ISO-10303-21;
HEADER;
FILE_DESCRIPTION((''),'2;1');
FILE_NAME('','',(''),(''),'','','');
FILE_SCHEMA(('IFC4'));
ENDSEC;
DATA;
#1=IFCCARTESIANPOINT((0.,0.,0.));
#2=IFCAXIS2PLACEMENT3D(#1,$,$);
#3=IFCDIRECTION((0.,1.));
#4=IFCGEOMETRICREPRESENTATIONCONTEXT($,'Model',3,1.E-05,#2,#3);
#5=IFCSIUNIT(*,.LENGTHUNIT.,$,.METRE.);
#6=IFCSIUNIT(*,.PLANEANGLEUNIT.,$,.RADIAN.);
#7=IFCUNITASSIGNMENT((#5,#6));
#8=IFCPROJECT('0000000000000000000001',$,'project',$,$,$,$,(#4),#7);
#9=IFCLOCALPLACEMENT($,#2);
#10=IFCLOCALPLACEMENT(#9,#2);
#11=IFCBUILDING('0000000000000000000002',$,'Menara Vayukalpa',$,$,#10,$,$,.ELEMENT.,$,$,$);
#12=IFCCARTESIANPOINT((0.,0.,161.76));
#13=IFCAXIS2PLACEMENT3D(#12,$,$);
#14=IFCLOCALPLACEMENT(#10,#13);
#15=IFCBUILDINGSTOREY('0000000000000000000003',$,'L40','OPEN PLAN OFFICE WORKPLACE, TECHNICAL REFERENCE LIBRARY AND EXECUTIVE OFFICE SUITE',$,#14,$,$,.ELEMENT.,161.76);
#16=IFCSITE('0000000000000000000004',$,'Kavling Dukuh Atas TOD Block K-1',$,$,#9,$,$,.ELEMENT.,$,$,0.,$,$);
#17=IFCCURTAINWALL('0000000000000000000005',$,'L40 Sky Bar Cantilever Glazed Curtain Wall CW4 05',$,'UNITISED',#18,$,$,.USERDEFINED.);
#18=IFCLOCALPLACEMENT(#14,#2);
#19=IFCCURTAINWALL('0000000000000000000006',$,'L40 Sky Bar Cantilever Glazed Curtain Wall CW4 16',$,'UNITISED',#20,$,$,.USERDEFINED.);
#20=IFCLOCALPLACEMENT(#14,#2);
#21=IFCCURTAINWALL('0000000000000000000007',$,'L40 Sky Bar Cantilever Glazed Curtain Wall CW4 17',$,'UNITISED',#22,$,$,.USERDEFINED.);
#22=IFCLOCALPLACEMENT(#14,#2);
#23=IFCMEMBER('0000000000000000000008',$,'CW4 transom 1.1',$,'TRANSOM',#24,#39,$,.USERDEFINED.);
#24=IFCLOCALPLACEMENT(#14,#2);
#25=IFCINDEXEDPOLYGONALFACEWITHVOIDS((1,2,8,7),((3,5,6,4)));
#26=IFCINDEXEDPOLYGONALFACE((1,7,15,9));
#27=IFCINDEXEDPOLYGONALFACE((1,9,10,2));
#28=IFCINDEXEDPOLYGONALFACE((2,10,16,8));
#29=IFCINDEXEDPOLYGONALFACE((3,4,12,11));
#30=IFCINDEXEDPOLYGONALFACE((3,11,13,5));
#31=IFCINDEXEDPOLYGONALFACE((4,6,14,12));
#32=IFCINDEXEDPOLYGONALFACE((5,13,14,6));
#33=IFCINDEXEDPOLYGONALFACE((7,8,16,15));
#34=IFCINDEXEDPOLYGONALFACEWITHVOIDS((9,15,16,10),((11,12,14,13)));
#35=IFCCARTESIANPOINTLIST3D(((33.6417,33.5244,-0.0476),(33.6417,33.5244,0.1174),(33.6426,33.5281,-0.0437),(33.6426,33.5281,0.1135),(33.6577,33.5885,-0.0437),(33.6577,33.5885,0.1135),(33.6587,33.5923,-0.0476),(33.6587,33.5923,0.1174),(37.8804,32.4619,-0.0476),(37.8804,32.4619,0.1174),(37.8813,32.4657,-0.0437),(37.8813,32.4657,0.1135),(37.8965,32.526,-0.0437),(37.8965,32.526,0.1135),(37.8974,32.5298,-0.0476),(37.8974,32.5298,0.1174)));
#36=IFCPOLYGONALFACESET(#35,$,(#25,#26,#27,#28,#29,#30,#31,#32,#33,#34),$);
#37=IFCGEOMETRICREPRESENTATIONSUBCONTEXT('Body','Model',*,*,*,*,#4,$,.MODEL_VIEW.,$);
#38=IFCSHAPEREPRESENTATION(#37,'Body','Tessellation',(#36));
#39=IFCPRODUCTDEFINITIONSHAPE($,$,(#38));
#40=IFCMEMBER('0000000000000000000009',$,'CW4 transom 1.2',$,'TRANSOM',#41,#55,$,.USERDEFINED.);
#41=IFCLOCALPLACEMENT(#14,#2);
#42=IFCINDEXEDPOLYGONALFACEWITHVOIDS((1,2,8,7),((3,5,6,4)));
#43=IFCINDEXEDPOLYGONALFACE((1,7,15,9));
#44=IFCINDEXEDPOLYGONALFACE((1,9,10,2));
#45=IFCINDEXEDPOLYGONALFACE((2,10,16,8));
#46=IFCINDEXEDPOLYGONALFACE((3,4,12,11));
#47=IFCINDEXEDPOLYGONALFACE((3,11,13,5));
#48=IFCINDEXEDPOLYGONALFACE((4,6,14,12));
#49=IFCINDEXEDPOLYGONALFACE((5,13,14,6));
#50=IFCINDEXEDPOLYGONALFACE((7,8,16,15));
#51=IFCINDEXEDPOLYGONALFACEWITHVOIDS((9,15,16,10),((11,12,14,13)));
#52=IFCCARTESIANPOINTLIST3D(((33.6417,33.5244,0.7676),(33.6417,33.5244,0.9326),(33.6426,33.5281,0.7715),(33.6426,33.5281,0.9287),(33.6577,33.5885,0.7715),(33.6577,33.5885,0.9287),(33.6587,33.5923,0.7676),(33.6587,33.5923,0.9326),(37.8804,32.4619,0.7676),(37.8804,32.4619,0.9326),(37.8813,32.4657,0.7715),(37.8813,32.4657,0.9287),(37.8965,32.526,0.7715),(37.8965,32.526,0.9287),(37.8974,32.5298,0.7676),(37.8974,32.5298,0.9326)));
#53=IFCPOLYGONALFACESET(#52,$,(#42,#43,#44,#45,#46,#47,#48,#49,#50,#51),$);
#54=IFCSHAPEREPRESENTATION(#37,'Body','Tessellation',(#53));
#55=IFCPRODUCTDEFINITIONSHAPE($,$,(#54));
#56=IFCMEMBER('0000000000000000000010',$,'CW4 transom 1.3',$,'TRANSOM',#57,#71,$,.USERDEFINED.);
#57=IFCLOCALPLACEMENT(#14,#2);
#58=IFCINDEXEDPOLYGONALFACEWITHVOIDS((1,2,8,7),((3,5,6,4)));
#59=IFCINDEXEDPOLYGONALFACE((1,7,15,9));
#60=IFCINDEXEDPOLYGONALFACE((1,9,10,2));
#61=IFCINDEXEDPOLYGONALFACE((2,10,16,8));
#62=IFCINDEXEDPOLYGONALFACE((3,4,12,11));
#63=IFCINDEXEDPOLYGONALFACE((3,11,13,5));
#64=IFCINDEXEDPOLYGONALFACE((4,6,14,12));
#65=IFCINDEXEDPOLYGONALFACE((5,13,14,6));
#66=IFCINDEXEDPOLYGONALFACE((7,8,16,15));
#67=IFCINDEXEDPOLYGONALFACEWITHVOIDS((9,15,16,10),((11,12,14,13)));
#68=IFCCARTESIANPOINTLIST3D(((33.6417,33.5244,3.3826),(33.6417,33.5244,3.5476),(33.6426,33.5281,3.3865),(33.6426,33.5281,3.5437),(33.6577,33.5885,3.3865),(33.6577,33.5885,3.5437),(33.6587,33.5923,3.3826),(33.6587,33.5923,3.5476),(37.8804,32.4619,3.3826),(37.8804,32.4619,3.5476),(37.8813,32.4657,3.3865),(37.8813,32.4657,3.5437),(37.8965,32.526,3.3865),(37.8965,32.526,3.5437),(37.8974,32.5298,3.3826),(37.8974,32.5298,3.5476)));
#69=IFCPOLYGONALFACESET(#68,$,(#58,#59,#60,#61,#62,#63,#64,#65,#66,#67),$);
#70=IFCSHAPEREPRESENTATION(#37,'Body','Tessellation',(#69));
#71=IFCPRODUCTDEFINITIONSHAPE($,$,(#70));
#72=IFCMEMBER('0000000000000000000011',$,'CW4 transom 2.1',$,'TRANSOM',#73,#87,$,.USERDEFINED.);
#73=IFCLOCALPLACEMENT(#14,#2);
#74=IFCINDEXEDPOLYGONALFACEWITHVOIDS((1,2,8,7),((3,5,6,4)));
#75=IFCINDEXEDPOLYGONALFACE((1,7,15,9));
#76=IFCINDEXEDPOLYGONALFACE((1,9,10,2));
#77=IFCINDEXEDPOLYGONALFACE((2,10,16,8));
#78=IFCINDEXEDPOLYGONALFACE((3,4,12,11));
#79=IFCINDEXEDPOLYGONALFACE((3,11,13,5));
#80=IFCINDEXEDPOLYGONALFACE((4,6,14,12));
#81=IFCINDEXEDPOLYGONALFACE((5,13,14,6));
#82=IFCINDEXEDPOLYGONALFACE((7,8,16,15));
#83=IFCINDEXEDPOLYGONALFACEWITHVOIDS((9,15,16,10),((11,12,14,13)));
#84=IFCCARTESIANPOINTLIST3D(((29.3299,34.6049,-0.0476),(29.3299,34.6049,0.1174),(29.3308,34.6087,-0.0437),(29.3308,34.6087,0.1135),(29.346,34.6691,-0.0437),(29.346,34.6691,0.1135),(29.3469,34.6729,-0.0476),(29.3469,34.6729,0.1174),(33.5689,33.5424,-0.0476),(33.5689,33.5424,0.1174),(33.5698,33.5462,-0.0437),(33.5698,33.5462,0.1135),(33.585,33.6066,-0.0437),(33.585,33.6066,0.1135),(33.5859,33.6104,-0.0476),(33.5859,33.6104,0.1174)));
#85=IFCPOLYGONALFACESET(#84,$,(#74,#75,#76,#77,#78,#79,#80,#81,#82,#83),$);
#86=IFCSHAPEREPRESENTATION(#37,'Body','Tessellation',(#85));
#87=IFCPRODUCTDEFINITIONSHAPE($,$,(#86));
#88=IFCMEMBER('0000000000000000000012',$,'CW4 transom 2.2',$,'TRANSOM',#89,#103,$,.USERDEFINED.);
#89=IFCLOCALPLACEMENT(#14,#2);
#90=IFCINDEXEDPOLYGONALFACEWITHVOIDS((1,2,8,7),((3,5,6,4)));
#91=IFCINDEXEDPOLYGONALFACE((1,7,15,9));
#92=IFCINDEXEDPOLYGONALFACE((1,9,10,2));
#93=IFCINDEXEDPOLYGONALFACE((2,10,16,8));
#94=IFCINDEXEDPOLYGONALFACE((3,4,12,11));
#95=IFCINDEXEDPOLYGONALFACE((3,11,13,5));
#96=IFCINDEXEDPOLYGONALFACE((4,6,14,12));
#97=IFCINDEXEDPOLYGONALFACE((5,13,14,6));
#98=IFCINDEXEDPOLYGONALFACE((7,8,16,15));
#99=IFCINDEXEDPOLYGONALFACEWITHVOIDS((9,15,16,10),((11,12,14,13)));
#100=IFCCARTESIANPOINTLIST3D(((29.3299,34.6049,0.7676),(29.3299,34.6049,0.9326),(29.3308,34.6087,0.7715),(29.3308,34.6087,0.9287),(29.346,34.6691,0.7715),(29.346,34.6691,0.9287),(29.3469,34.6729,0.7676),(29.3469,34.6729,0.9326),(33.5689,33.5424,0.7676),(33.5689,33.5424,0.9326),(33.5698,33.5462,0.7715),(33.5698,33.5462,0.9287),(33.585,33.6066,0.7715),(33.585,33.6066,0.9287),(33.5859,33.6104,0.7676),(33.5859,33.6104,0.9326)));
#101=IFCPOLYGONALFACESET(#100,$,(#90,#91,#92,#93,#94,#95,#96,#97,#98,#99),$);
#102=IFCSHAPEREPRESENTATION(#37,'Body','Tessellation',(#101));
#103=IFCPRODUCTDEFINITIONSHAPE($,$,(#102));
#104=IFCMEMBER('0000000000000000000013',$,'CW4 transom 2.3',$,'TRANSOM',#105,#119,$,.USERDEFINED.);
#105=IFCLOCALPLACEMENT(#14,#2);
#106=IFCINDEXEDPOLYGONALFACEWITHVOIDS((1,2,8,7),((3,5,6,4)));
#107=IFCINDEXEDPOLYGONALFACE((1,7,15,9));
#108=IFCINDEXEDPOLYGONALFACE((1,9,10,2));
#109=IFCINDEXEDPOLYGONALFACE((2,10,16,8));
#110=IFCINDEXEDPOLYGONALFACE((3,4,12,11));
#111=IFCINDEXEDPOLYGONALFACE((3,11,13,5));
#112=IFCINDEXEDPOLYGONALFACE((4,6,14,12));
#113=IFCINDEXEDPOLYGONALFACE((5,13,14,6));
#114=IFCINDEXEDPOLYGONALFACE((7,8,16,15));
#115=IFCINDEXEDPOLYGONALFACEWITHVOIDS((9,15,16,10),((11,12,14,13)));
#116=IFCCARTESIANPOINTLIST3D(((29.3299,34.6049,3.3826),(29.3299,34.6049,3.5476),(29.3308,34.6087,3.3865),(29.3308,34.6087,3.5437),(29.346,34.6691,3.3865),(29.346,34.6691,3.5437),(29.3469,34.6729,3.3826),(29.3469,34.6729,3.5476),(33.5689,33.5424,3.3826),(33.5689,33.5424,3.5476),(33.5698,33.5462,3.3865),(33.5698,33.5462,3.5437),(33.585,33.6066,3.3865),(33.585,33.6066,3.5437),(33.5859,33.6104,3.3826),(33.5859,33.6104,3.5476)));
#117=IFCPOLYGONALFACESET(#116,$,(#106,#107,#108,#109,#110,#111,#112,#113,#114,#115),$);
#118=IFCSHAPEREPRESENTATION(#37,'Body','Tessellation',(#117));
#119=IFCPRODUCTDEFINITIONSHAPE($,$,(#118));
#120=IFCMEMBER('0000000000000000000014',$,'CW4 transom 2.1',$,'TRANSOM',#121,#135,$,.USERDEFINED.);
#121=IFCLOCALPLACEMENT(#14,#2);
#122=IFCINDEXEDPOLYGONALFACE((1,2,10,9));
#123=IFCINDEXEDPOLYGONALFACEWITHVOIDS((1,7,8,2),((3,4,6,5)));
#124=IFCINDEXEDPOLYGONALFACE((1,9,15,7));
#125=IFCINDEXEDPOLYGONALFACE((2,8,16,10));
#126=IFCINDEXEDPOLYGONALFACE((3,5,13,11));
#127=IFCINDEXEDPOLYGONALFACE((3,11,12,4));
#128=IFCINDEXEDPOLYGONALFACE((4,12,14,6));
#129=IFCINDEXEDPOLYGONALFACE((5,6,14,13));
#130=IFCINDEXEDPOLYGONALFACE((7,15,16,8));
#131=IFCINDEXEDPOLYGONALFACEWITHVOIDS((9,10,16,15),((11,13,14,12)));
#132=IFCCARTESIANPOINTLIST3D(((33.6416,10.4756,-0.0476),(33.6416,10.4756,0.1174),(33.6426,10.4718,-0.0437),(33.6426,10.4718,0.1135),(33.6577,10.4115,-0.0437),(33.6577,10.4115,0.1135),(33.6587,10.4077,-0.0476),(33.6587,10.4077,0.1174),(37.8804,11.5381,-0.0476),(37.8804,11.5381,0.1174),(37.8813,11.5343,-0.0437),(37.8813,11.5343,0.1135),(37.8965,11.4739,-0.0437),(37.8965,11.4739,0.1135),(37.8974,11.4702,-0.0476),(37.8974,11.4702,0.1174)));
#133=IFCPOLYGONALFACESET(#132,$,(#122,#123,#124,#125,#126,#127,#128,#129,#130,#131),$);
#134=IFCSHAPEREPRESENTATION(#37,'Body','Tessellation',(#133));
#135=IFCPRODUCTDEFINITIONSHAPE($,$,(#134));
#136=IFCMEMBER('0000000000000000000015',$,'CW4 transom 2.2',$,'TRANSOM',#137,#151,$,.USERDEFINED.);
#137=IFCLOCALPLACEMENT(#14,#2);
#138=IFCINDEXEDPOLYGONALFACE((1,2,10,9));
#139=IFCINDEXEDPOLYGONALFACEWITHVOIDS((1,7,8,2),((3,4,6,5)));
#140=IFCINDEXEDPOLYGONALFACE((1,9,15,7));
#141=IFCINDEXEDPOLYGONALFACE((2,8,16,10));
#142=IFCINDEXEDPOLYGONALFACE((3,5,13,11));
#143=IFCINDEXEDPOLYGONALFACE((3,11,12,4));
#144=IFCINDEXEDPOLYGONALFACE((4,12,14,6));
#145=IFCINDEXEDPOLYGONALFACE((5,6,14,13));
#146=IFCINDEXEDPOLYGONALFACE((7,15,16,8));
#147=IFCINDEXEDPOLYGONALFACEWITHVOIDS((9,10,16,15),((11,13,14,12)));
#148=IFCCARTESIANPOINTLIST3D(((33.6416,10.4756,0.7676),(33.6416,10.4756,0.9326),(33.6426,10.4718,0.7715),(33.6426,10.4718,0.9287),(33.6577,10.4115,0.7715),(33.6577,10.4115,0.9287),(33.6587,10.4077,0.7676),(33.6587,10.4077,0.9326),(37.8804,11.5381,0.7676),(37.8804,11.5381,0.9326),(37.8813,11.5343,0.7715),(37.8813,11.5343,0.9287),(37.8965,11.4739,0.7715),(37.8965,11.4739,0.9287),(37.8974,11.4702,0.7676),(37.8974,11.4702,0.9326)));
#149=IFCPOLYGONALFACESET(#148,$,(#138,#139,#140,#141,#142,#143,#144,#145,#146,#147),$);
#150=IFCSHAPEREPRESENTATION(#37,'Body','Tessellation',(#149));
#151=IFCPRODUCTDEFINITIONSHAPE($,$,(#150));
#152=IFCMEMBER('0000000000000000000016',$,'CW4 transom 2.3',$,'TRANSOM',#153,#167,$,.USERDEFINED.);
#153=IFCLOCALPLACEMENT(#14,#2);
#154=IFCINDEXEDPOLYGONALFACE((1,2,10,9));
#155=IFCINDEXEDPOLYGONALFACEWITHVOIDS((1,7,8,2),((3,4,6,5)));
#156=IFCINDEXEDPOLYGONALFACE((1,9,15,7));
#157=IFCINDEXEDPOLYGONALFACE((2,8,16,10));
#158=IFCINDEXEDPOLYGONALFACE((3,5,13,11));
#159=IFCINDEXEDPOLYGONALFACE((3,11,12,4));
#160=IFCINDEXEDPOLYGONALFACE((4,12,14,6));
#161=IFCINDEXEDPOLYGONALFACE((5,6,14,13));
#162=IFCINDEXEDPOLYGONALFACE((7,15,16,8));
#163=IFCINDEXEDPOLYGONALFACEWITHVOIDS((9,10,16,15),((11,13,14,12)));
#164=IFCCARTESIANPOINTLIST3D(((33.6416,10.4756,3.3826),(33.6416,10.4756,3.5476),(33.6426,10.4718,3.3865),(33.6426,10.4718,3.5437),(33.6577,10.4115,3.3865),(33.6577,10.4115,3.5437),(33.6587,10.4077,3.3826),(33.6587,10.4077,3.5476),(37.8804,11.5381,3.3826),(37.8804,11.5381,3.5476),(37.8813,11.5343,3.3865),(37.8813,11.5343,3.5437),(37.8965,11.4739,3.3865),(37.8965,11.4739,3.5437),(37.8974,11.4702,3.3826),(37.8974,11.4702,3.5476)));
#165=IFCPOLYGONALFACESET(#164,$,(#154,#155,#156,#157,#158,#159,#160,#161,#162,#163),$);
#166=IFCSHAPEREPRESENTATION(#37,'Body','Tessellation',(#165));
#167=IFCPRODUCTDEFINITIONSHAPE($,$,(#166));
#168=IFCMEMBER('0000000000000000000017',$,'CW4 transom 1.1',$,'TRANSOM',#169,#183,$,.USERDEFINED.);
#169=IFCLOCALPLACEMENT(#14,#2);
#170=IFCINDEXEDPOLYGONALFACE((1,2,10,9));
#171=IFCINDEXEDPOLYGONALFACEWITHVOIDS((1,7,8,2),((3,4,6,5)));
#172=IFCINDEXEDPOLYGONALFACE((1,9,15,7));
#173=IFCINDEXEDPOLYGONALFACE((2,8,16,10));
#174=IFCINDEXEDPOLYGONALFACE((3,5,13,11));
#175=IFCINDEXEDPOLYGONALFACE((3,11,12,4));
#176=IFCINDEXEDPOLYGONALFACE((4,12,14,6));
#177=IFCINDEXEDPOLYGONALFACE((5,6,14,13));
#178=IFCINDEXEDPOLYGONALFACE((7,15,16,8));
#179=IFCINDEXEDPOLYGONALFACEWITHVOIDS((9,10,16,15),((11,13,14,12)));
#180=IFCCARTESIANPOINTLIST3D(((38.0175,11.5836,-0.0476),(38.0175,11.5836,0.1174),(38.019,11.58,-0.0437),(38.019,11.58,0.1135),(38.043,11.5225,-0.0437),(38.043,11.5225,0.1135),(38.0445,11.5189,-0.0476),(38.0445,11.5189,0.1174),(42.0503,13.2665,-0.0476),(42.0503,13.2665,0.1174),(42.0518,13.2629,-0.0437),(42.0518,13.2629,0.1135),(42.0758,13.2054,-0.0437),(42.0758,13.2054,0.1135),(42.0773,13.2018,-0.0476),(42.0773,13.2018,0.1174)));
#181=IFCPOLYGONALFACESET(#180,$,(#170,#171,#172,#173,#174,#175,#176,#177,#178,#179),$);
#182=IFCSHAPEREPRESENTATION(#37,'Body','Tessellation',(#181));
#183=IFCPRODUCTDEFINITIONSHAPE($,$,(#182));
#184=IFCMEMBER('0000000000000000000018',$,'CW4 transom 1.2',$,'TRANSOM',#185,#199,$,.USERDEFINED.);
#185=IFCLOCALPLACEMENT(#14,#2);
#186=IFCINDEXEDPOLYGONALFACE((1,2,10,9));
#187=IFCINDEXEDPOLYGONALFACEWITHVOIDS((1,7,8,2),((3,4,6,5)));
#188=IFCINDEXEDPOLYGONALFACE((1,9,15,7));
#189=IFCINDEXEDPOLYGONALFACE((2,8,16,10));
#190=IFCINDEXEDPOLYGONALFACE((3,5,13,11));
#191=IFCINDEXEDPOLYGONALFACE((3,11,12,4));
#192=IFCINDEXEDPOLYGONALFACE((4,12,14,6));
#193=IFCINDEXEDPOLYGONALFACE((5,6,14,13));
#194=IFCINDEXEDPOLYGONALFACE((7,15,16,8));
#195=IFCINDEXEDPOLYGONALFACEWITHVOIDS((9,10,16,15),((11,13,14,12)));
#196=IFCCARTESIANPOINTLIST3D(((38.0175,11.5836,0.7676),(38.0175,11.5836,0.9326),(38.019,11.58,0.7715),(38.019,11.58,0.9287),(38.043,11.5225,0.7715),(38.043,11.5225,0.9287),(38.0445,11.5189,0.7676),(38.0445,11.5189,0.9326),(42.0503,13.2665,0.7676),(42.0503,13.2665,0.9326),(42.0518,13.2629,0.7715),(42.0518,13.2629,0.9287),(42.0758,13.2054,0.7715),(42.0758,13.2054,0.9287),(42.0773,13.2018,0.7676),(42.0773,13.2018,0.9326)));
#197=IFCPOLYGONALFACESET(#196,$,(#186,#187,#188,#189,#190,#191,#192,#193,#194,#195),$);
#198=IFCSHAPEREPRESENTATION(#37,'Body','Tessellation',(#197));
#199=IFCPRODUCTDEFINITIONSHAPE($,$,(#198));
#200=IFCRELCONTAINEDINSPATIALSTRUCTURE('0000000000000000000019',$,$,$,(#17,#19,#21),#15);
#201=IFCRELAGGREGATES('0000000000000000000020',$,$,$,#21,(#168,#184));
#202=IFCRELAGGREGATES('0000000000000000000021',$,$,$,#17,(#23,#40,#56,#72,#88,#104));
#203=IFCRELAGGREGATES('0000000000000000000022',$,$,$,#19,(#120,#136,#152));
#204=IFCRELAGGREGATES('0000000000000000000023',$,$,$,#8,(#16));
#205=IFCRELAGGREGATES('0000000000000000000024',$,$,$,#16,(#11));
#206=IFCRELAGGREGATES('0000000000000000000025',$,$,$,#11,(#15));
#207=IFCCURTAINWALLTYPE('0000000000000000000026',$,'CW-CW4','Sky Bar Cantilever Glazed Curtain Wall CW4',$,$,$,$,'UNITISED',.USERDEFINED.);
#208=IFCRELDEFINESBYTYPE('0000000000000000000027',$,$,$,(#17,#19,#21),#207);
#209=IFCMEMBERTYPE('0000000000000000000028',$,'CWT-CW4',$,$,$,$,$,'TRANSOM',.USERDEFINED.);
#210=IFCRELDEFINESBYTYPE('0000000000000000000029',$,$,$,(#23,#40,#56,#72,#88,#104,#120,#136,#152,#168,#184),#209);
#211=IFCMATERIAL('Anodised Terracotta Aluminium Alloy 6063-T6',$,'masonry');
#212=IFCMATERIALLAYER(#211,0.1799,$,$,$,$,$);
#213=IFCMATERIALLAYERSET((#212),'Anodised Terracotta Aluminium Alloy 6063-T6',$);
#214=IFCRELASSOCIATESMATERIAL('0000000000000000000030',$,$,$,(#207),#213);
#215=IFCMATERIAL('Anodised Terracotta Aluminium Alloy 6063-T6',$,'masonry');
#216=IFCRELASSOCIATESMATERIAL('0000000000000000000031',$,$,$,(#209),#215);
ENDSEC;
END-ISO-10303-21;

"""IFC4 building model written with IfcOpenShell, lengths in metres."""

from ifc_helpers import new_model, si_unit, direction, frame, origin, origin_2d, place, context, subcontext, project, spatial, hollow_rectangle, extrude, material, layer, layer_set, material_profile, profile_set, type_object, element, aggregate, save


model = new_model("IFC4")

# Units and contexts
model_context = context("Model", 3, precision=1e-05, world=origin(), true_north=direction((0.0, 1.0)))
body_context = subcontext(model_context, "Body", "Model", "MODEL_VIEW")
ifc_project = project(units=[si_unit("LENGTHUNIT", "METRE"), si_unit("PLANEANGLEUNIT", "RADIAN")], contexts=[model_context])

# Site, building, storey
site_placement = place(None, origin())
site = spatial("IfcSite", under=ifc_project, at=site_placement, Name="Kavling Dukuh Atas TOD Block K-1", CompositionType="ELEMENT", RefElevation=0.0)
building_placement = place(site_placement, origin())
building = spatial("IfcBuilding", under=site, at=building_placement, Name="Menara Vayukalpa", CompositionType="ELEMENT")
storey_placement = place(building_placement, frame((0.0, 0.0, 161.76)))
storey = spatial("IfcBuildingStorey", under=building, at=storey_placement, Name="L40", Description="OPEN PLAN OFFICE WORKPLACE, TECHNICAL REFERENCE LIBRARY AND EXECUTIVE OFFICE SUITE", CompositionType="ELEMENT", Elevation=161.76)

# Shared definitions
ifc_material_1 = material(Name="Anodised Terracotta Aluminium Alloy 6063-T6", Category="masonry")
ifc_layer_1 = layer(ifc_material_1, 0.1799)
ifc_layer_set_1 = layer_set([ifc_layer_1], Name="Anodised Terracotta Aluminium Alloy 6063-T6")
curtain_wall_type = type_object("IfcCurtainWallType", Name="CW-CW4", Description="Sky Bar Cantilever Glazed Curtain Wall CW4", ElementType="UNITISED", PredefinedType="USERDEFINED", material=ifc_layer_set_1)

# Curtain walls
curtain_wall_1_placement = place(storey_placement, origin())
curtain_wall_1 = element("IfcCurtainWall", 1, at=curtain_wall_1_placement, inside=storey, type_object=curtain_wall_type, Name="L40 Sky Bar Cantilever Glazed Curtain Wall CW4 05", ObjectType="UNITISED", PredefinedType="USERDEFINED")
curtain_wall_2_placement = place(storey_placement, origin())
curtain_wall_2 = element("IfcCurtainWall", 2, at=curtain_wall_2_placement, inside=storey, type_object=curtain_wall_type, Name="L40 Sky Bar Cantilever Glazed Curtain Wall CW4 16", ObjectType="UNITISED", PredefinedType="USERDEFINED")

# Curtain wall
curtain_wall_3_placement = place(storey_placement, origin())
curtain_wall_3 = element("IfcCurtainWall", 3, at=curtain_wall_3_placement, inside=storey, type_object=curtain_wall_type, Name="L40 Sky Bar Cantilever Glazed Curtain Wall CW4 17", ObjectType="UNITISED", PredefinedType="USERDEFINED")

# Members
ifc_material_2 = material(Name="Anodised Terracotta Aluminium Alloy 6063-T6", Category="masonry")
ifc_material_profile_1 = material_profile(ifc_material_2, hollow_rectangle(XDim=0.0701, YDim=0.165, WallThickness=0.0039, at=origin_2d()), Name="ALU 70x165x4")
ifc_profile_set_1 = profile_set([ifc_material_profile_1], Name="Anodised Terracotta Aluminium Alloy 6063-T6")
member_type_1 = type_object("IfcMemberType", Name="CWT-CW4", ElementType="TRANSOM", PredefinedType="USERDEFINED", material=ifc_profile_set_1)
member_1_placement = place(storey_placement, frame((37.8889, 32.4958, 0.0349), z_axis=(-0.969991, 0.24314, 0.0), x_axis=(-0.24314, -0.969991, 0.0)))
member_1 = element("IfcMember", 4, at=member_1_placement, type_object=member_type_1, Name="CW4 transom 1.1", ObjectType="TRANSOM", PredefinedType="USERDEFINED", context=body_context, shape_type="SweptSolid", body=[
    extrude(hollow_rectangle(XDim=0.0701, YDim=0.165, WallThickness=0.0039, at=origin_2d()), origin(), (0.0, 0.0, 1.0), 4.3699),
])
member_2_placement = place(storey_placement, frame((37.8889, 32.4958, 0.8501), z_axis=(-0.969991, 0.24314, 0.0), x_axis=(-0.24314, -0.969991, 0.0)))
member_2 = element("IfcMember", 5, at=member_2_placement, type_object=member_type_1, Name="CW4 transom 1.2", ObjectType="TRANSOM", PredefinedType="USERDEFINED", context=body_context, shape_type="SweptSolid", body=[
    extrude(hollow_rectangle(XDim=0.0701, YDim=0.165, WallThickness=0.0039, at=origin_2d()), origin(), (0.0, 0.0, 1.0), 4.3699),
])
member_3_placement = place(storey_placement, frame((37.8889, 32.4958, 3.4651), z_axis=(-0.969991, 0.24314, 0.0), x_axis=(-0.24314, -0.969991, 0.0)))
member_3 = element("IfcMember", 6, at=member_3_placement, type_object=member_type_1, Name="CW4 transom 1.3", ObjectType="TRANSOM", PredefinedType="USERDEFINED", context=body_context, shape_type="SweptSolid", body=[
    extrude(hollow_rectangle(XDim=0.0701, YDim=0.165, WallThickness=0.0039, at=origin_2d()), origin(), (0.0, 0.0, 1.0), 4.3699),
])
member_4_placement = place(storey_placement, frame((33.5774, 33.5764, 0.0349), z_axis=(-0.969994, 0.243127, 0.0), x_axis=(-0.243127, -0.969994, 0.0)))
member_4 = element("IfcMember", 7, at=member_4_placement, type_object=member_type_1, Name="CW4 transom 2.1", ObjectType="TRANSOM", PredefinedType="USERDEFINED", context=body_context, shape_type="SweptSolid", body=[
    extrude(hollow_rectangle(XDim=0.0701, YDim=0.165, WallThickness=0.0039, at=origin_2d()), origin(), (0.0, 0.0, 1.0), 4.3701),
])
member_5_placement = place(storey_placement, frame((33.5774, 33.5764, 0.8501), z_axis=(-0.969994, 0.243127, 0.0), x_axis=(-0.243127, -0.969994, 0.0)))
member_5 = element("IfcMember", 8, at=member_5_placement, type_object=member_type_1, Name="CW4 transom 2.2", ObjectType="TRANSOM", PredefinedType="USERDEFINED", context=body_context, shape_type="SweptSolid", body=[
    extrude(hollow_rectangle(XDim=0.0701, YDim=0.165, WallThickness=0.0039, at=origin_2d()), origin(), (0.0, 0.0, 1.0), 4.3701),
])
member_6_placement = place(storey_placement, frame((33.5774, 33.5764, 3.4651), z_axis=(-0.969994, 0.243127, 0.0), x_axis=(-0.243127, -0.969994, 0.0)))
member_6 = element("IfcMember", 9, at=member_6_placement, type_object=member_type_1, Name="CW4 transom 2.3", ObjectType="TRANSOM", PredefinedType="USERDEFINED", context=body_context, shape_type="SweptSolid", body=[
    extrude(hollow_rectangle(XDim=0.0701, YDim=0.165, WallThickness=0.0039, at=origin_2d()), origin(), (0.0, 0.0, 1.0), 4.3701),
])
member_7_placement = place(storey_placement, frame((33.6501, 10.4417, 0.0349), z_axis=(0.969991, 0.24314, 0.0), x_axis=(-0.24314, 0.969991, 0.0)))
member_7 = element("IfcMember", 10, at=member_7_placement, type_object=member_type_1, Name="CW4 transom 2.1", ObjectType="TRANSOM", PredefinedType="USERDEFINED", context=body_context, shape_type="SweptSolid", body=[
    extrude(hollow_rectangle(XDim=0.0701, YDim=0.165, WallThickness=0.0039, at=origin_2d()), origin(), (0.0, 0.0, 1.0), 4.3699),
])
member_8_placement = place(storey_placement, frame((33.6501, 10.4417, 0.8501), z_axis=(0.969991, 0.24314, 0.0), x_axis=(-0.24314, 0.969991, 0.0)))
member_8 = element("IfcMember", 11, at=member_8_placement, type_object=member_type_1, Name="CW4 transom 2.2", ObjectType="TRANSOM", PredefinedType="USERDEFINED", context=body_context, shape_type="SweptSolid", body=[
    extrude(hollow_rectangle(XDim=0.0701, YDim=0.165, WallThickness=0.0039, at=origin_2d()), origin(), (0.0, 0.0, 1.0), 4.3699),
])
member_9_placement = place(storey_placement, frame((33.6501, 10.4417, 3.4651), z_axis=(0.969991, 0.24314, 0.0), x_axis=(-0.24314, 0.969991, 0.0)))
member_9 = element("IfcMember", 12, at=member_9_placement, type_object=member_type_1, Name="CW4 transom 2.3", ObjectType="TRANSOM", PredefinedType="USERDEFINED", context=body_context, shape_type="SweptSolid", body=[
    extrude(hollow_rectangle(XDim=0.0701, YDim=0.165, WallThickness=0.0039, at=origin_2d()), origin(), (0.0, 0.0, 1.0), 4.3699),
])
member_10_placement = place(storey_placement, frame((38.031, 11.5513, 0.0349), z_axis=(0.922869, 0.385115, 0.0), x_axis=(-0.385115, 0.922869, 0.0)))
member_10 = element("IfcMember", 13, at=member_10_placement, type_object=member_type_1, Name="CW4 transom 1.1", ObjectType="TRANSOM", PredefinedType="USERDEFINED", context=body_context, shape_type="SweptSolid", body=[
    extrude(hollow_rectangle(XDim=0.0701, YDim=0.165, WallThickness=0.0039, at=origin_2d()), origin(), (0.0, 0.0, 1.0), 4.3699),
])
member_11_placement = place(storey_placement, frame((38.031, 11.5513, 0.8501), z_axis=(0.922869, 0.385115, 0.0), x_axis=(-0.385115, 0.922869, 0.0)))
member_11 = element("IfcMember", 14, at=member_11_placement, type_object=member_type_1, Name="CW4 transom 1.2", ObjectType="TRANSOM", PredefinedType="USERDEFINED", context=body_context, shape_type="SweptSolid", body=[
    extrude(hollow_rectangle(XDim=0.0701, YDim=0.165, WallThickness=0.0039, at=origin_2d()), origin(), (0.0, 0.0, 1.0), 4.3699),
])
aggregate(curtain_wall_3, [member_10, member_11])

aggregate(curtain_wall_1, [member_1, member_2, member_3, member_4, member_5, member_6])
aggregate(curtain_wall_2, [member_7, member_8, member_9])

save(model, "model.ifc")
